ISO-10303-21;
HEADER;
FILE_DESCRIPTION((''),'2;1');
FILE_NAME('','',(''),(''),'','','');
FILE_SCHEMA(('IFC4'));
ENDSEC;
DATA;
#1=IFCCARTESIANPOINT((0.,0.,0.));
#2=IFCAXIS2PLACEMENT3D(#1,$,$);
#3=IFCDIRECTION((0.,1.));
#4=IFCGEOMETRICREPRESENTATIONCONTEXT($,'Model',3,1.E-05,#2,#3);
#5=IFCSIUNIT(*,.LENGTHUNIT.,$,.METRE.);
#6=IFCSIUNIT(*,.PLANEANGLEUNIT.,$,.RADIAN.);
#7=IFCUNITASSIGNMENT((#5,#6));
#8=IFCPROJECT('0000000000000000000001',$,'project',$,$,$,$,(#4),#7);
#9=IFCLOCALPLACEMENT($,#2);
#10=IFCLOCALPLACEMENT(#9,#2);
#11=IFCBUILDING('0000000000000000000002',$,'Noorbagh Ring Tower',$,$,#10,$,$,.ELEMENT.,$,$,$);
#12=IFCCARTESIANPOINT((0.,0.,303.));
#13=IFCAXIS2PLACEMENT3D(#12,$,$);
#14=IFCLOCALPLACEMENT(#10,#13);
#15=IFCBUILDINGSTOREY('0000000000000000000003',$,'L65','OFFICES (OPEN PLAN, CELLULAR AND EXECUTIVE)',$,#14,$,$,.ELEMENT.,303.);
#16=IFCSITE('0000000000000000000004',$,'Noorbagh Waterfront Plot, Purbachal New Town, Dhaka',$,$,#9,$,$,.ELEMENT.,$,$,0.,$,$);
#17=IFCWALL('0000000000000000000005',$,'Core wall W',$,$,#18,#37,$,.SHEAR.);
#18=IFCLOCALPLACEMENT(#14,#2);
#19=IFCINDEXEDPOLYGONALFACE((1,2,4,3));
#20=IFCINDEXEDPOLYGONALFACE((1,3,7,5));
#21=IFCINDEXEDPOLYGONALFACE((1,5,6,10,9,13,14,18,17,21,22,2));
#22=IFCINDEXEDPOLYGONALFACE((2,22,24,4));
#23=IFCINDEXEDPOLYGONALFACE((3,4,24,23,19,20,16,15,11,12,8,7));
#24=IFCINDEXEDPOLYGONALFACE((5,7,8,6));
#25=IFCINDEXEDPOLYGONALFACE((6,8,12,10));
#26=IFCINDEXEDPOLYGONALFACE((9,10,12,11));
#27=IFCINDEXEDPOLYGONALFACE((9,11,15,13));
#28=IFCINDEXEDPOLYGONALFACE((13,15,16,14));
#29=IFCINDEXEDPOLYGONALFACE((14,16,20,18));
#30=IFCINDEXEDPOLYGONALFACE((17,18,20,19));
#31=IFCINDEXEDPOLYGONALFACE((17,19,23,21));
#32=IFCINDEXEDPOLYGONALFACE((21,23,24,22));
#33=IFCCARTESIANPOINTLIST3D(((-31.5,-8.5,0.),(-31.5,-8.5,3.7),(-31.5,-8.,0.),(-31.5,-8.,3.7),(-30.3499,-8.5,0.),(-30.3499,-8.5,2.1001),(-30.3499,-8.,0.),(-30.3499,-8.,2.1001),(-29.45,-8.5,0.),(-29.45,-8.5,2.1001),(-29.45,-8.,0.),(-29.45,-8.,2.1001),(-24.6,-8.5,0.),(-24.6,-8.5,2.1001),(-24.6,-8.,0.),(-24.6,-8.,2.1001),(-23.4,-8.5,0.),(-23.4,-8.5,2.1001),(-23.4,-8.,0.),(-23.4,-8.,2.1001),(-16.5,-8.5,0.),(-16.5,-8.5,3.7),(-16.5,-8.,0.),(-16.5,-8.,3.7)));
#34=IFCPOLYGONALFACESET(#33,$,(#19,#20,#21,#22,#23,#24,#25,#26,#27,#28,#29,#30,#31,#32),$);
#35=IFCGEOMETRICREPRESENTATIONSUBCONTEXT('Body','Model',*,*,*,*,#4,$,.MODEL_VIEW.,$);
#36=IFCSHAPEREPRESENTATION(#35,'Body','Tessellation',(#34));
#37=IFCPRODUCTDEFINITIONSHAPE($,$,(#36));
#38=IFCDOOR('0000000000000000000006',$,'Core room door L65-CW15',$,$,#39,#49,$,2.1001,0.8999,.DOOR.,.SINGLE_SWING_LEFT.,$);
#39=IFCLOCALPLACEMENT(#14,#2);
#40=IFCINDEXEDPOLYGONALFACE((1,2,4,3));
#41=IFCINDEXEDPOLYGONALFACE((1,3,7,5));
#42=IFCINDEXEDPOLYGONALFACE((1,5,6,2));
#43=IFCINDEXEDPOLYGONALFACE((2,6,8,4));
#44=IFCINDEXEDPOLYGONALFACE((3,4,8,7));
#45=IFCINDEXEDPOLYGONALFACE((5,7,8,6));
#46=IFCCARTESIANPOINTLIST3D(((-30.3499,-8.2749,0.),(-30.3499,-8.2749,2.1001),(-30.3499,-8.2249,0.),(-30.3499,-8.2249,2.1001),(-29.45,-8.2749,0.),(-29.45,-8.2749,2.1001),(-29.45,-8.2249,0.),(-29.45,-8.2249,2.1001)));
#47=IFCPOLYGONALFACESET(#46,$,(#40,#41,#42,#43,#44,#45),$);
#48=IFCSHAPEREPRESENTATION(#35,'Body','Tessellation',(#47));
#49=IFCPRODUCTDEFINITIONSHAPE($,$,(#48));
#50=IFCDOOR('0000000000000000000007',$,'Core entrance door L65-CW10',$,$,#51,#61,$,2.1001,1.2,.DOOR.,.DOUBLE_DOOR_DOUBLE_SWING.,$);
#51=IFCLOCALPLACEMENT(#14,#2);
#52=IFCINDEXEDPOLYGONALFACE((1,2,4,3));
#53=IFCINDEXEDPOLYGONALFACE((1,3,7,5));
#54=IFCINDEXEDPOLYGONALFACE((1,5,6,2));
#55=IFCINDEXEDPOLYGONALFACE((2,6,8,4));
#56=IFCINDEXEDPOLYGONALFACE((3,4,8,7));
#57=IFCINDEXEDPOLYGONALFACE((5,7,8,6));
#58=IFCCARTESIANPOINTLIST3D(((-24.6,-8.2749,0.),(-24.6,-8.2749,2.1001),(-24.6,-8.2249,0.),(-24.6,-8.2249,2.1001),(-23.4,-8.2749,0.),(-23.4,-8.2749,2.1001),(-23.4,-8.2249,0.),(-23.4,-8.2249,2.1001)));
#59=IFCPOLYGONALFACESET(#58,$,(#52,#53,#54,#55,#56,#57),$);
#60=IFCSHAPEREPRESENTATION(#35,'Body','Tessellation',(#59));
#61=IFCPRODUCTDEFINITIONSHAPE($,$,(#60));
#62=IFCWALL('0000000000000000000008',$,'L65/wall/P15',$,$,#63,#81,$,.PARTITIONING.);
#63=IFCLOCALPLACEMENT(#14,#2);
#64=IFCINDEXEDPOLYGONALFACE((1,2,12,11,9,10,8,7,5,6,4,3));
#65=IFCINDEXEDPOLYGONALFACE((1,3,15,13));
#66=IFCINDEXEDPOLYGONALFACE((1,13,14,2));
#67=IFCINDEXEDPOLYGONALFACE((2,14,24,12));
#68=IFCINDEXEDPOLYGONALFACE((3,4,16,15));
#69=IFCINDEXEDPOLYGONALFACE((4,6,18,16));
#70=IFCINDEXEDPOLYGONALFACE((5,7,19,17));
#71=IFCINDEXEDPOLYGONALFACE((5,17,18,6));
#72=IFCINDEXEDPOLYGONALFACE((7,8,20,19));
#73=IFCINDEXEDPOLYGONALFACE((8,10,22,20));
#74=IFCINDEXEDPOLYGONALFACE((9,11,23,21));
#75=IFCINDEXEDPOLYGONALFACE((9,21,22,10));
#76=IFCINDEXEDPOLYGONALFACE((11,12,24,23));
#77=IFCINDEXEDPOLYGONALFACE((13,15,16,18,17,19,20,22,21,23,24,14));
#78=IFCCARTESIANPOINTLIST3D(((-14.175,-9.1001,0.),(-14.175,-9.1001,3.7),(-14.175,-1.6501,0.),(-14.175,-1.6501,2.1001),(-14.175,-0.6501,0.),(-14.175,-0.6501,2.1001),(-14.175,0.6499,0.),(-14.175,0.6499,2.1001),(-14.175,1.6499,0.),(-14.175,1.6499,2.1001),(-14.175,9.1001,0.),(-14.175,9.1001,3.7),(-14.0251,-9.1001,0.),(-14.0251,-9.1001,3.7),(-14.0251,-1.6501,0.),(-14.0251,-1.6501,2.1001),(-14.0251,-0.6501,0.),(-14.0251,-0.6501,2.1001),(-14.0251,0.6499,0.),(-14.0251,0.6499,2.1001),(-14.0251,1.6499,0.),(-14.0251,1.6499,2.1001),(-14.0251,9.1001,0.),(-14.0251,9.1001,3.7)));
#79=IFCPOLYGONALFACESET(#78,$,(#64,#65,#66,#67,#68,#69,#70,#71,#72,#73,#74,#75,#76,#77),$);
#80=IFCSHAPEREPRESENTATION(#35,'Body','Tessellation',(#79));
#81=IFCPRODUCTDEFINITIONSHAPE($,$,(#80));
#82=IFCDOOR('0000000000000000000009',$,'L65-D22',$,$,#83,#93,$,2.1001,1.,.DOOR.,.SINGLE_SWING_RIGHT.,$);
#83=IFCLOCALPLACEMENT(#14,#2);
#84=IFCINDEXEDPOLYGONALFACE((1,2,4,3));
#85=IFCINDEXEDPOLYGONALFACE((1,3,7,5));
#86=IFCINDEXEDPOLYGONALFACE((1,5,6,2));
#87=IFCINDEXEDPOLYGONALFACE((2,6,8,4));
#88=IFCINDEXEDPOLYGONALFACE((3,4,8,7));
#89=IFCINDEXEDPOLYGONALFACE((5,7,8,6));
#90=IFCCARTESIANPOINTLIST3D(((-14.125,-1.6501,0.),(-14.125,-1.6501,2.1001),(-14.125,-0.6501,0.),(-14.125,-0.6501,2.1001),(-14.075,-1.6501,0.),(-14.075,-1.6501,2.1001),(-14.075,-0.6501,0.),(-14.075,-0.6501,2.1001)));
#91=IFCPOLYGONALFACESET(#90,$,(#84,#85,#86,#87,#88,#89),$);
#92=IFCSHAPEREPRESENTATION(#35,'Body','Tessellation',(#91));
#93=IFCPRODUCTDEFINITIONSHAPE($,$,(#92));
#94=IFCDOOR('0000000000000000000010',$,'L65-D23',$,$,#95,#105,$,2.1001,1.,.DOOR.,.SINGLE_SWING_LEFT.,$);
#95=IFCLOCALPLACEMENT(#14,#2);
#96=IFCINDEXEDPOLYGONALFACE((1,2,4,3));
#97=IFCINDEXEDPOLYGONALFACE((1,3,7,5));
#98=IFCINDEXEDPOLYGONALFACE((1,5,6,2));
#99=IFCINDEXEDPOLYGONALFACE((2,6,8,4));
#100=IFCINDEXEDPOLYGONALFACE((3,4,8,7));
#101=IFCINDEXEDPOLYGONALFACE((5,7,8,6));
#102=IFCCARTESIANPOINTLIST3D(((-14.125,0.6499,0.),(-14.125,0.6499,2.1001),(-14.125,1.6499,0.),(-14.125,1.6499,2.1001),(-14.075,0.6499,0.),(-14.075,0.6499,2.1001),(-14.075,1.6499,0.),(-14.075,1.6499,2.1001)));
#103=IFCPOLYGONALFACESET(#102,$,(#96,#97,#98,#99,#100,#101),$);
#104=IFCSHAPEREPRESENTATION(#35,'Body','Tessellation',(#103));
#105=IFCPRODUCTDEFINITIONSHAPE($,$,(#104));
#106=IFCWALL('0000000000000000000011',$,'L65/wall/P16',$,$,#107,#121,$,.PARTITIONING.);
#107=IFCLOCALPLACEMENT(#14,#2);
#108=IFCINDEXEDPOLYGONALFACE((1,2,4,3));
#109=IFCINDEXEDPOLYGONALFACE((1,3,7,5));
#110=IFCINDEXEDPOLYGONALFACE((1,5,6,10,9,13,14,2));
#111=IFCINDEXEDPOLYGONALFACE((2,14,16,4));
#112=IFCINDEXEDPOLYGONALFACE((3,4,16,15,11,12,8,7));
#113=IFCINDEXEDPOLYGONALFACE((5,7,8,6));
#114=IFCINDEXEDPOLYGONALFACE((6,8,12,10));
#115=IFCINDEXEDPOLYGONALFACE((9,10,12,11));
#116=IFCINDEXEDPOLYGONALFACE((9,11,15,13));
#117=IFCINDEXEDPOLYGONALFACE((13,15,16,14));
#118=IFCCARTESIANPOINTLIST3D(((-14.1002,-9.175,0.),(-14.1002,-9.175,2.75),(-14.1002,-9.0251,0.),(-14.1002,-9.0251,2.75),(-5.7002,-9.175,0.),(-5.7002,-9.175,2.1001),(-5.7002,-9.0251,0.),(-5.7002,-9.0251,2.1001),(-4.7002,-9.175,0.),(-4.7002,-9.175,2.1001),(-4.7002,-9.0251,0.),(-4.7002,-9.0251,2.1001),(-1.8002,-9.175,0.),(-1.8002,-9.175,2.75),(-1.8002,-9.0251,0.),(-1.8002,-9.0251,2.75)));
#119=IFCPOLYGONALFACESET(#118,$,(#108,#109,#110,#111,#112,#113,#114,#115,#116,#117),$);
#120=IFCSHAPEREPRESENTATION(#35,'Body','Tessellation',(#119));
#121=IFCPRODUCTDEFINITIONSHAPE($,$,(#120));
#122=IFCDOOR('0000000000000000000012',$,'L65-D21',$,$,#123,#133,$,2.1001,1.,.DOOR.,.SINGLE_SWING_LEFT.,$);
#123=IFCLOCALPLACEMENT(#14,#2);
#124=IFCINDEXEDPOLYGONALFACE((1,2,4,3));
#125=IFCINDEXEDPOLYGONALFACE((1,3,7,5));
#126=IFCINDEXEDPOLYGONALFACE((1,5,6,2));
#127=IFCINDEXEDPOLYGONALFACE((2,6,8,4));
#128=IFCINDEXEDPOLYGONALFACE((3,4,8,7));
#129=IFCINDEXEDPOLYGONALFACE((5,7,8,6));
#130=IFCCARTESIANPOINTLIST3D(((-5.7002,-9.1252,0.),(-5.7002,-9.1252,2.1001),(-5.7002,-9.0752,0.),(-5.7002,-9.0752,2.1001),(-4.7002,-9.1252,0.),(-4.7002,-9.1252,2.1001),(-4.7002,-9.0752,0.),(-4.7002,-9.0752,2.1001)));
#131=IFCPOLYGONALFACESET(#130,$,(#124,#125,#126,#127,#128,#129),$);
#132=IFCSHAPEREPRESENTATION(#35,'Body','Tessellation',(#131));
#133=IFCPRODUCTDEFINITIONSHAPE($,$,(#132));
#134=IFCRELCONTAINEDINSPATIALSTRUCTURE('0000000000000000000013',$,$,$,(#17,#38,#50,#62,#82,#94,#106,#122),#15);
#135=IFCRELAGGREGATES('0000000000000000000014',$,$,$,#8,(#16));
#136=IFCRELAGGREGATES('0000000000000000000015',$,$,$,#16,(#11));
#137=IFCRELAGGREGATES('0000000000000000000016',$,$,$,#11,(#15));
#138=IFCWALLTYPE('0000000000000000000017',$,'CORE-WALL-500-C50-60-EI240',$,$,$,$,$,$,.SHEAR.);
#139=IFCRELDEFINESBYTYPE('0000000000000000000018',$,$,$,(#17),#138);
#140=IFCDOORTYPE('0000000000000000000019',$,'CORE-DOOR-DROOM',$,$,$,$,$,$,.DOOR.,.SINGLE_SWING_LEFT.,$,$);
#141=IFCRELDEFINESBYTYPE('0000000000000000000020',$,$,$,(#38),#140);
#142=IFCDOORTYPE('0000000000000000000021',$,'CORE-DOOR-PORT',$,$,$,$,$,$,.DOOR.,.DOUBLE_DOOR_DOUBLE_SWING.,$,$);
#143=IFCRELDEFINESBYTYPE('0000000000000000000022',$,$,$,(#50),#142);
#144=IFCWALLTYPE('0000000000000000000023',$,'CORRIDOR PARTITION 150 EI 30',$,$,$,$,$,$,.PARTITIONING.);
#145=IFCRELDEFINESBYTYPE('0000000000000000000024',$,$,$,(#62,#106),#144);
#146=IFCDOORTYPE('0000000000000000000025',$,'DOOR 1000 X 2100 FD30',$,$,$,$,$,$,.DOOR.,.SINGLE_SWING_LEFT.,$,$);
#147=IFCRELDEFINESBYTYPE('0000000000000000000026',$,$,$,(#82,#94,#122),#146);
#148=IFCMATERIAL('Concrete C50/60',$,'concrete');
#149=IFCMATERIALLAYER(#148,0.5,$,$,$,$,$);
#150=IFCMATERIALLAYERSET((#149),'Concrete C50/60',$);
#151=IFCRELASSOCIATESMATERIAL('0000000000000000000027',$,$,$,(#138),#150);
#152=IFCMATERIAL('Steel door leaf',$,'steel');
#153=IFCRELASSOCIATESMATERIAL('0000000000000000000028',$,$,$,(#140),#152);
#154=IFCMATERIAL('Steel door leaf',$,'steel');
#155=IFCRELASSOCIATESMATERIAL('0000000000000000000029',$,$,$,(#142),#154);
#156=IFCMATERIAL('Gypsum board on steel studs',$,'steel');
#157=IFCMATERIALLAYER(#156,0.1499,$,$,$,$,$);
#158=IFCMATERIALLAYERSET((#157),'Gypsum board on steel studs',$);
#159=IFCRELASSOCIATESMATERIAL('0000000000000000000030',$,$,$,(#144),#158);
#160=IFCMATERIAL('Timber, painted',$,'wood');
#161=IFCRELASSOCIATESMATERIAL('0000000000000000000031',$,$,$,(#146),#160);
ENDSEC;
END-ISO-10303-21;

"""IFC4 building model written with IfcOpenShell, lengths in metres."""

from ifc_helpers import new_model, si_unit, direction, frame, frame_2d, origin, place, context, subcontext, project, spatial, rectangle, extrude, material, layer, layer_set, type_object, element, fill, save


model = new_model("IFC4")

# Units and contexts
model_context = context("Model", 3, precision=1e-05, world=origin(), true_north=direction((0.0, 1.0)))
body_context = subcontext(model_context, "Body", "Model", "MODEL_VIEW")
ifc_project = project(units=[si_unit("LENGTHUNIT", "METRE"), si_unit("PLANEANGLEUNIT", "RADIAN")], contexts=[model_context])

# Site, building, storey
site_placement = place(None, origin())
site = spatial("IfcSite", under=ifc_project, at=site_placement, Name="Noorbagh Waterfront Plot, Purbachal New Town, Dhaka", CompositionType="ELEMENT", RefElevation=0.0)
building_placement = place(site_placement, origin())
building = spatial("IfcBuilding", under=site, at=building_placement, Name="Noorbagh Ring Tower", CompositionType="ELEMENT")
storey_placement = place(building_placement, frame((0.0, 0.0, 303.0)))
storey = spatial("IfcBuildingStorey", under=building, at=storey_placement, Name="L65", Description="OFFICES (OPEN PLAN, CELLULAR AND EXECUTIVE)", CompositionType="ELEMENT", Elevation=303.0)

# Walls, openings, doors
ifc_material_1 = material(Name="Concrete C50/60", Category="concrete")
ifc_layer_1 = layer(ifc_material_1, 0.5)
ifc_layer_set_1 = layer_set([ifc_layer_1], Name="Concrete C50/60")
wall_type_1 = type_object("IfcWallType", Name="CORE-WALL-500-C50-60-EI240", PredefinedType="SHEAR", material=ifc_layer_set_1)
wall_1_placement = place(storey_placement, frame((-16.5, -8.25, 0.0), z_axis=(0.0, 0.0, 1.0), x_axis=(-1.0, 0.0, 0.0)))
wall_1 = element("IfcWall", 1, at=wall_1_placement, inside=storey, type_object=wall_type_1, Name="Core wall W", PredefinedType="SHEAR", context=body_context, shape_type="SweptSolid", body=[
    extrude(rectangle(XDim=15.0, YDim=0.5, at=frame_2d((7.5, 0.0))), origin(), (0.0, 0.0, 1.0), 3.7),
])
opening_1_placement = place(wall_1_placement, frame((6.8999, 0.0, 0.0)))
opening_1 = element("IfcOpeningElement", 2, at=opening_1_placement, cuts=wall_1, PredefinedType="OPENING", context=body_context, shape_type="SweptSolid", body=[
    extrude(rectangle(XDim=1.2, YDim=2.1001, at=frame_2d((0.6001, 1.05))), frame((0.0, 0.26, 0.0), z_axis=(0.0, -1.0, 0.0), x_axis=(1.0, 0.0, 0.0)), (0.0, 0.0, 1.0), 0.52),
])
opening_2_placement = place(wall_1_placement, frame((12.95, 0.0, 0.0)))
opening_2 = element("IfcOpeningElement", 3, at=opening_2_placement, cuts=wall_1, PredefinedType="OPENING", context=body_context, shape_type="SweptSolid", body=[
    extrude(rectangle(XDim=0.8999, YDim=2.1001, at=frame_2d((0.45, 1.05))), frame((0.0, 0.26, 0.0), z_axis=(0.0, -1.0, 0.0), x_axis=(1.0, 0.0, 0.0)), (0.0, 0.0, 1.0), 0.52),
])
ifc_material_2 = material(Name="Steel door leaf", Category="steel")
door_type_1 = type_object("IfcDoorType", Name="CORE-DOOR-DROOM", OperationType="SINGLE_SWING_LEFT", PredefinedType="DOOR", material=ifc_material_2)
door_1_placement = place(opening_2_placement, origin())
door_1 = element("IfcDoor", 4, at=door_1_placement, inside=storey, type_object=door_type_1, Name="Core room door L65-CW15", OperationType="SINGLE_SWING_LEFT", OverallHeight=2.1001, OverallWidth=0.8999, PredefinedType="DOOR", context=body_context, shape_type="SweptSolid", body=[
    extrude(rectangle(XDim=0.8999, YDim=2.1001, at=frame_2d((0.45, 1.05))), frame((0.0, 0.0249, 0.0), z_axis=(0.0, -1.0, 0.0), x_axis=(1.0, 0.0, 0.0)), (0.0, 0.0, 1.0), 0.05),
])
fill(opening_2, door_1)
ifc_material_3 = material(Name="Steel door leaf", Category="steel")
door_type_2 = type_object("IfcDoorType", Name="CORE-DOOR-PORT", OperationType="DOUBLE_DOOR_DOUBLE_SWING", PredefinedType="DOOR", material=ifc_material_3)
door_2_placement = place(opening_1_placement, origin())
door_2 = element("IfcDoor", 5, at=door_2_placement, inside=storey, type_object=door_type_2, Name="Core entrance door L65-CW10", OperationType="DOUBLE_DOOR_DOUBLE_SWING", OverallHeight=2.1001, OverallWidth=1.2, PredefinedType="DOOR", context=body_context, shape_type="SweptSolid", body=[
    extrude(rectangle(XDim=1.2, YDim=2.1001, at=frame_2d((0.6001, 1.05))), frame((0.0, 0.0249, 0.0), z_axis=(0.0, -1.0, 0.0), x_axis=(1.0, 0.0, 0.0)), (0.0, 0.0, 1.0), 0.05),
])
fill(opening_1, door_2)
ifc_material_4 = material(Name="Gypsum board on steel studs", Category="steel")
ifc_layer_2 = layer(ifc_material_4, 0.1499)
ifc_layer_set_2 = layer_set([ifc_layer_2], Name="Gypsum board on steel studs")
wall_type_2 = type_object("IfcWallType", Name="CORRIDOR PARTITION 150 EI 30", PredefinedType="PARTITIONING", material=ifc_layer_set_2)
wall_2_placement = place(storey_placement, frame((-14.1001, -9.1001, 0.0), z_axis=(0.0, 0.0, 1.0), x_axis=(0.0, 1.0, 0.0)))
wall_2 = element("IfcWall", 6, at=wall_2_placement, inside=storey, type_object=wall_type_2, Name="L65/wall/P15", PredefinedType="PARTITIONING", context=body_context, shape_type="SweptSolid", body=[
    extrude(rectangle(XDim=18.2002, YDim=0.1499, at=frame_2d((9.1001, 0.0))), origin(), (0.0, 0.0, 1.0), 3.7),
])
opening_3_placement = place(wall_2_placement, frame((7.45, 0.0, 0.0)))
opening_3 = element("IfcOpeningElement", 7, at=opening_3_placement, cuts=wall_2, PredefinedType="OPENING", context=body_context, shape_type="SweptSolid", body=[
    extrude(rectangle(XDim=1.0, YDim=2.1001, at=frame_2d((0.5, 1.05))), frame((0.0, 0.085, 0.0), z_axis=(0.0, -1.0, 0.0), x_axis=(1.0, 0.0, 0.0)), (0.0, 0.0, 1.0), 0.1699),
])
opening_4_placement = place(wall_2_placement, frame((9.75, 0.0, 0.0)))
opening_4 = element("IfcOpeningElement", 8, at=opening_4_placement, cuts=wall_2, PredefinedType="OPENING", context=body_context, shape_type="SweptSolid", body=[
    extrude(rectangle(XDim=1.0, YDim=2.1001, at=frame_2d((0.5, 1.05))), frame((0.0, 0.085, 0.0), z_axis=(0.0, -1.0, 0.0), x_axis=(1.0, 0.0, 0.0)), (0.0, 0.0, 1.0), 0.1699),
])
ifc_material_5 = material(Name="Timber, painted", Category="wood")
door_type_3 = type_object("IfcDoorType", Name="DOOR 1000 X 2100 FD30", OperationType="SINGLE_SWING_LEFT", PredefinedType="DOOR", material=ifc_material_5)
door_3_placement = place(opening_3_placement, origin())
door_3 = element("IfcDoor", 9, at=door_3_placement, inside=storey, type_object=door_type_3, Name="L65-D22", OperationType="SINGLE_SWING_RIGHT", OverallHeight=2.1001, OverallWidth=1.0, PredefinedType="DOOR", context=body_context, shape_type="SweptSolid", body=[
    extrude(rectangle(XDim=1.0, YDim=2.1001, at=frame_2d((0.5, 1.05))), frame((0.0, 0.0249, 0.0), z_axis=(0.0, -1.0, 0.0), x_axis=(1.0, 0.0, 0.0)), (0.0, 0.0, 1.0), 0.05),
])
fill(opening_3, door_3)
door_4_placement = place(opening_4_placement, origin())
door_4 = element("IfcDoor", 10, at=door_4_placement, inside=storey, type_object=door_type_3, Name="L65-D23", OperationType="SINGLE_SWING_LEFT", OverallHeight=2.1001, OverallWidth=1.0, PredefinedType="DOOR", context=body_context, shape_type="SweptSolid", body=[
    extrude(rectangle(XDim=1.0, YDim=2.1001, at=frame_2d((0.5, 1.05))), frame((0.0, 0.0249, 0.0), z_axis=(0.0, -1.0, 0.0), x_axis=(1.0, 0.0, 0.0)), (0.0, 0.0, 1.0), 0.05),
])
fill(opening_4, door_4)

# Wall, opening, door
wall_3_placement = place(storey_placement, frame((-14.1001, -9.1001, 0.0), z_axis=(0.0, 0.0, 1.0), x_axis=(1.0, 0.0, 0.0)))
wall_3 = element("IfcWall", 11, at=wall_3_placement, inside=storey, type_object=wall_type_2, Name="L65/wall/P16", PredefinedType="PARTITIONING", context=body_context, shape_type="SweptSolid", body=[
    extrude(rectangle(XDim=12.3, YDim=0.1499, at=frame_2d((6.1499, 0.0))), origin(), (0.0, 0.0, 1.0), 2.75),
])
opening_5_placement = place(wall_3_placement, frame((8.3999, 0.0, 0.0)))
opening_5 = element("IfcOpeningElement", 12, at=opening_5_placement, cuts=wall_3, PredefinedType="OPENING", context=body_context, shape_type="SweptSolid", body=[
    extrude(rectangle(XDim=1.0, YDim=2.1001, at=frame_2d((0.5, 1.05))), frame((0.0, 0.085, 0.0), z_axis=(0.0, -1.0, 0.0), x_axis=(1.0, 0.0, 0.0)), (0.0, 0.0, 1.0), 0.1699),
])
door_5_placement = place(opening_5_placement, origin())
door_5 = element("IfcDoor", 13, at=door_5_placement, inside=storey, type_object=door_type_3, Name="L65-D21", OperationType="SINGLE_SWING_LEFT", OverallHeight=2.1001, OverallWidth=1.0, PredefinedType="DOOR", context=body_context, shape_type="SweptSolid", body=[
    extrude(rectangle(XDim=1.0, YDim=2.1001, at=frame_2d((0.5, 1.05))), frame((0.0, 0.0249, 0.0), z_axis=(0.0, -1.0, 0.0), x_axis=(1.0, 0.0, 0.0)), (0.0, 0.0, 1.0), 0.05),
])
fill(opening_5, door_5)

save(model, "model.ifc")
